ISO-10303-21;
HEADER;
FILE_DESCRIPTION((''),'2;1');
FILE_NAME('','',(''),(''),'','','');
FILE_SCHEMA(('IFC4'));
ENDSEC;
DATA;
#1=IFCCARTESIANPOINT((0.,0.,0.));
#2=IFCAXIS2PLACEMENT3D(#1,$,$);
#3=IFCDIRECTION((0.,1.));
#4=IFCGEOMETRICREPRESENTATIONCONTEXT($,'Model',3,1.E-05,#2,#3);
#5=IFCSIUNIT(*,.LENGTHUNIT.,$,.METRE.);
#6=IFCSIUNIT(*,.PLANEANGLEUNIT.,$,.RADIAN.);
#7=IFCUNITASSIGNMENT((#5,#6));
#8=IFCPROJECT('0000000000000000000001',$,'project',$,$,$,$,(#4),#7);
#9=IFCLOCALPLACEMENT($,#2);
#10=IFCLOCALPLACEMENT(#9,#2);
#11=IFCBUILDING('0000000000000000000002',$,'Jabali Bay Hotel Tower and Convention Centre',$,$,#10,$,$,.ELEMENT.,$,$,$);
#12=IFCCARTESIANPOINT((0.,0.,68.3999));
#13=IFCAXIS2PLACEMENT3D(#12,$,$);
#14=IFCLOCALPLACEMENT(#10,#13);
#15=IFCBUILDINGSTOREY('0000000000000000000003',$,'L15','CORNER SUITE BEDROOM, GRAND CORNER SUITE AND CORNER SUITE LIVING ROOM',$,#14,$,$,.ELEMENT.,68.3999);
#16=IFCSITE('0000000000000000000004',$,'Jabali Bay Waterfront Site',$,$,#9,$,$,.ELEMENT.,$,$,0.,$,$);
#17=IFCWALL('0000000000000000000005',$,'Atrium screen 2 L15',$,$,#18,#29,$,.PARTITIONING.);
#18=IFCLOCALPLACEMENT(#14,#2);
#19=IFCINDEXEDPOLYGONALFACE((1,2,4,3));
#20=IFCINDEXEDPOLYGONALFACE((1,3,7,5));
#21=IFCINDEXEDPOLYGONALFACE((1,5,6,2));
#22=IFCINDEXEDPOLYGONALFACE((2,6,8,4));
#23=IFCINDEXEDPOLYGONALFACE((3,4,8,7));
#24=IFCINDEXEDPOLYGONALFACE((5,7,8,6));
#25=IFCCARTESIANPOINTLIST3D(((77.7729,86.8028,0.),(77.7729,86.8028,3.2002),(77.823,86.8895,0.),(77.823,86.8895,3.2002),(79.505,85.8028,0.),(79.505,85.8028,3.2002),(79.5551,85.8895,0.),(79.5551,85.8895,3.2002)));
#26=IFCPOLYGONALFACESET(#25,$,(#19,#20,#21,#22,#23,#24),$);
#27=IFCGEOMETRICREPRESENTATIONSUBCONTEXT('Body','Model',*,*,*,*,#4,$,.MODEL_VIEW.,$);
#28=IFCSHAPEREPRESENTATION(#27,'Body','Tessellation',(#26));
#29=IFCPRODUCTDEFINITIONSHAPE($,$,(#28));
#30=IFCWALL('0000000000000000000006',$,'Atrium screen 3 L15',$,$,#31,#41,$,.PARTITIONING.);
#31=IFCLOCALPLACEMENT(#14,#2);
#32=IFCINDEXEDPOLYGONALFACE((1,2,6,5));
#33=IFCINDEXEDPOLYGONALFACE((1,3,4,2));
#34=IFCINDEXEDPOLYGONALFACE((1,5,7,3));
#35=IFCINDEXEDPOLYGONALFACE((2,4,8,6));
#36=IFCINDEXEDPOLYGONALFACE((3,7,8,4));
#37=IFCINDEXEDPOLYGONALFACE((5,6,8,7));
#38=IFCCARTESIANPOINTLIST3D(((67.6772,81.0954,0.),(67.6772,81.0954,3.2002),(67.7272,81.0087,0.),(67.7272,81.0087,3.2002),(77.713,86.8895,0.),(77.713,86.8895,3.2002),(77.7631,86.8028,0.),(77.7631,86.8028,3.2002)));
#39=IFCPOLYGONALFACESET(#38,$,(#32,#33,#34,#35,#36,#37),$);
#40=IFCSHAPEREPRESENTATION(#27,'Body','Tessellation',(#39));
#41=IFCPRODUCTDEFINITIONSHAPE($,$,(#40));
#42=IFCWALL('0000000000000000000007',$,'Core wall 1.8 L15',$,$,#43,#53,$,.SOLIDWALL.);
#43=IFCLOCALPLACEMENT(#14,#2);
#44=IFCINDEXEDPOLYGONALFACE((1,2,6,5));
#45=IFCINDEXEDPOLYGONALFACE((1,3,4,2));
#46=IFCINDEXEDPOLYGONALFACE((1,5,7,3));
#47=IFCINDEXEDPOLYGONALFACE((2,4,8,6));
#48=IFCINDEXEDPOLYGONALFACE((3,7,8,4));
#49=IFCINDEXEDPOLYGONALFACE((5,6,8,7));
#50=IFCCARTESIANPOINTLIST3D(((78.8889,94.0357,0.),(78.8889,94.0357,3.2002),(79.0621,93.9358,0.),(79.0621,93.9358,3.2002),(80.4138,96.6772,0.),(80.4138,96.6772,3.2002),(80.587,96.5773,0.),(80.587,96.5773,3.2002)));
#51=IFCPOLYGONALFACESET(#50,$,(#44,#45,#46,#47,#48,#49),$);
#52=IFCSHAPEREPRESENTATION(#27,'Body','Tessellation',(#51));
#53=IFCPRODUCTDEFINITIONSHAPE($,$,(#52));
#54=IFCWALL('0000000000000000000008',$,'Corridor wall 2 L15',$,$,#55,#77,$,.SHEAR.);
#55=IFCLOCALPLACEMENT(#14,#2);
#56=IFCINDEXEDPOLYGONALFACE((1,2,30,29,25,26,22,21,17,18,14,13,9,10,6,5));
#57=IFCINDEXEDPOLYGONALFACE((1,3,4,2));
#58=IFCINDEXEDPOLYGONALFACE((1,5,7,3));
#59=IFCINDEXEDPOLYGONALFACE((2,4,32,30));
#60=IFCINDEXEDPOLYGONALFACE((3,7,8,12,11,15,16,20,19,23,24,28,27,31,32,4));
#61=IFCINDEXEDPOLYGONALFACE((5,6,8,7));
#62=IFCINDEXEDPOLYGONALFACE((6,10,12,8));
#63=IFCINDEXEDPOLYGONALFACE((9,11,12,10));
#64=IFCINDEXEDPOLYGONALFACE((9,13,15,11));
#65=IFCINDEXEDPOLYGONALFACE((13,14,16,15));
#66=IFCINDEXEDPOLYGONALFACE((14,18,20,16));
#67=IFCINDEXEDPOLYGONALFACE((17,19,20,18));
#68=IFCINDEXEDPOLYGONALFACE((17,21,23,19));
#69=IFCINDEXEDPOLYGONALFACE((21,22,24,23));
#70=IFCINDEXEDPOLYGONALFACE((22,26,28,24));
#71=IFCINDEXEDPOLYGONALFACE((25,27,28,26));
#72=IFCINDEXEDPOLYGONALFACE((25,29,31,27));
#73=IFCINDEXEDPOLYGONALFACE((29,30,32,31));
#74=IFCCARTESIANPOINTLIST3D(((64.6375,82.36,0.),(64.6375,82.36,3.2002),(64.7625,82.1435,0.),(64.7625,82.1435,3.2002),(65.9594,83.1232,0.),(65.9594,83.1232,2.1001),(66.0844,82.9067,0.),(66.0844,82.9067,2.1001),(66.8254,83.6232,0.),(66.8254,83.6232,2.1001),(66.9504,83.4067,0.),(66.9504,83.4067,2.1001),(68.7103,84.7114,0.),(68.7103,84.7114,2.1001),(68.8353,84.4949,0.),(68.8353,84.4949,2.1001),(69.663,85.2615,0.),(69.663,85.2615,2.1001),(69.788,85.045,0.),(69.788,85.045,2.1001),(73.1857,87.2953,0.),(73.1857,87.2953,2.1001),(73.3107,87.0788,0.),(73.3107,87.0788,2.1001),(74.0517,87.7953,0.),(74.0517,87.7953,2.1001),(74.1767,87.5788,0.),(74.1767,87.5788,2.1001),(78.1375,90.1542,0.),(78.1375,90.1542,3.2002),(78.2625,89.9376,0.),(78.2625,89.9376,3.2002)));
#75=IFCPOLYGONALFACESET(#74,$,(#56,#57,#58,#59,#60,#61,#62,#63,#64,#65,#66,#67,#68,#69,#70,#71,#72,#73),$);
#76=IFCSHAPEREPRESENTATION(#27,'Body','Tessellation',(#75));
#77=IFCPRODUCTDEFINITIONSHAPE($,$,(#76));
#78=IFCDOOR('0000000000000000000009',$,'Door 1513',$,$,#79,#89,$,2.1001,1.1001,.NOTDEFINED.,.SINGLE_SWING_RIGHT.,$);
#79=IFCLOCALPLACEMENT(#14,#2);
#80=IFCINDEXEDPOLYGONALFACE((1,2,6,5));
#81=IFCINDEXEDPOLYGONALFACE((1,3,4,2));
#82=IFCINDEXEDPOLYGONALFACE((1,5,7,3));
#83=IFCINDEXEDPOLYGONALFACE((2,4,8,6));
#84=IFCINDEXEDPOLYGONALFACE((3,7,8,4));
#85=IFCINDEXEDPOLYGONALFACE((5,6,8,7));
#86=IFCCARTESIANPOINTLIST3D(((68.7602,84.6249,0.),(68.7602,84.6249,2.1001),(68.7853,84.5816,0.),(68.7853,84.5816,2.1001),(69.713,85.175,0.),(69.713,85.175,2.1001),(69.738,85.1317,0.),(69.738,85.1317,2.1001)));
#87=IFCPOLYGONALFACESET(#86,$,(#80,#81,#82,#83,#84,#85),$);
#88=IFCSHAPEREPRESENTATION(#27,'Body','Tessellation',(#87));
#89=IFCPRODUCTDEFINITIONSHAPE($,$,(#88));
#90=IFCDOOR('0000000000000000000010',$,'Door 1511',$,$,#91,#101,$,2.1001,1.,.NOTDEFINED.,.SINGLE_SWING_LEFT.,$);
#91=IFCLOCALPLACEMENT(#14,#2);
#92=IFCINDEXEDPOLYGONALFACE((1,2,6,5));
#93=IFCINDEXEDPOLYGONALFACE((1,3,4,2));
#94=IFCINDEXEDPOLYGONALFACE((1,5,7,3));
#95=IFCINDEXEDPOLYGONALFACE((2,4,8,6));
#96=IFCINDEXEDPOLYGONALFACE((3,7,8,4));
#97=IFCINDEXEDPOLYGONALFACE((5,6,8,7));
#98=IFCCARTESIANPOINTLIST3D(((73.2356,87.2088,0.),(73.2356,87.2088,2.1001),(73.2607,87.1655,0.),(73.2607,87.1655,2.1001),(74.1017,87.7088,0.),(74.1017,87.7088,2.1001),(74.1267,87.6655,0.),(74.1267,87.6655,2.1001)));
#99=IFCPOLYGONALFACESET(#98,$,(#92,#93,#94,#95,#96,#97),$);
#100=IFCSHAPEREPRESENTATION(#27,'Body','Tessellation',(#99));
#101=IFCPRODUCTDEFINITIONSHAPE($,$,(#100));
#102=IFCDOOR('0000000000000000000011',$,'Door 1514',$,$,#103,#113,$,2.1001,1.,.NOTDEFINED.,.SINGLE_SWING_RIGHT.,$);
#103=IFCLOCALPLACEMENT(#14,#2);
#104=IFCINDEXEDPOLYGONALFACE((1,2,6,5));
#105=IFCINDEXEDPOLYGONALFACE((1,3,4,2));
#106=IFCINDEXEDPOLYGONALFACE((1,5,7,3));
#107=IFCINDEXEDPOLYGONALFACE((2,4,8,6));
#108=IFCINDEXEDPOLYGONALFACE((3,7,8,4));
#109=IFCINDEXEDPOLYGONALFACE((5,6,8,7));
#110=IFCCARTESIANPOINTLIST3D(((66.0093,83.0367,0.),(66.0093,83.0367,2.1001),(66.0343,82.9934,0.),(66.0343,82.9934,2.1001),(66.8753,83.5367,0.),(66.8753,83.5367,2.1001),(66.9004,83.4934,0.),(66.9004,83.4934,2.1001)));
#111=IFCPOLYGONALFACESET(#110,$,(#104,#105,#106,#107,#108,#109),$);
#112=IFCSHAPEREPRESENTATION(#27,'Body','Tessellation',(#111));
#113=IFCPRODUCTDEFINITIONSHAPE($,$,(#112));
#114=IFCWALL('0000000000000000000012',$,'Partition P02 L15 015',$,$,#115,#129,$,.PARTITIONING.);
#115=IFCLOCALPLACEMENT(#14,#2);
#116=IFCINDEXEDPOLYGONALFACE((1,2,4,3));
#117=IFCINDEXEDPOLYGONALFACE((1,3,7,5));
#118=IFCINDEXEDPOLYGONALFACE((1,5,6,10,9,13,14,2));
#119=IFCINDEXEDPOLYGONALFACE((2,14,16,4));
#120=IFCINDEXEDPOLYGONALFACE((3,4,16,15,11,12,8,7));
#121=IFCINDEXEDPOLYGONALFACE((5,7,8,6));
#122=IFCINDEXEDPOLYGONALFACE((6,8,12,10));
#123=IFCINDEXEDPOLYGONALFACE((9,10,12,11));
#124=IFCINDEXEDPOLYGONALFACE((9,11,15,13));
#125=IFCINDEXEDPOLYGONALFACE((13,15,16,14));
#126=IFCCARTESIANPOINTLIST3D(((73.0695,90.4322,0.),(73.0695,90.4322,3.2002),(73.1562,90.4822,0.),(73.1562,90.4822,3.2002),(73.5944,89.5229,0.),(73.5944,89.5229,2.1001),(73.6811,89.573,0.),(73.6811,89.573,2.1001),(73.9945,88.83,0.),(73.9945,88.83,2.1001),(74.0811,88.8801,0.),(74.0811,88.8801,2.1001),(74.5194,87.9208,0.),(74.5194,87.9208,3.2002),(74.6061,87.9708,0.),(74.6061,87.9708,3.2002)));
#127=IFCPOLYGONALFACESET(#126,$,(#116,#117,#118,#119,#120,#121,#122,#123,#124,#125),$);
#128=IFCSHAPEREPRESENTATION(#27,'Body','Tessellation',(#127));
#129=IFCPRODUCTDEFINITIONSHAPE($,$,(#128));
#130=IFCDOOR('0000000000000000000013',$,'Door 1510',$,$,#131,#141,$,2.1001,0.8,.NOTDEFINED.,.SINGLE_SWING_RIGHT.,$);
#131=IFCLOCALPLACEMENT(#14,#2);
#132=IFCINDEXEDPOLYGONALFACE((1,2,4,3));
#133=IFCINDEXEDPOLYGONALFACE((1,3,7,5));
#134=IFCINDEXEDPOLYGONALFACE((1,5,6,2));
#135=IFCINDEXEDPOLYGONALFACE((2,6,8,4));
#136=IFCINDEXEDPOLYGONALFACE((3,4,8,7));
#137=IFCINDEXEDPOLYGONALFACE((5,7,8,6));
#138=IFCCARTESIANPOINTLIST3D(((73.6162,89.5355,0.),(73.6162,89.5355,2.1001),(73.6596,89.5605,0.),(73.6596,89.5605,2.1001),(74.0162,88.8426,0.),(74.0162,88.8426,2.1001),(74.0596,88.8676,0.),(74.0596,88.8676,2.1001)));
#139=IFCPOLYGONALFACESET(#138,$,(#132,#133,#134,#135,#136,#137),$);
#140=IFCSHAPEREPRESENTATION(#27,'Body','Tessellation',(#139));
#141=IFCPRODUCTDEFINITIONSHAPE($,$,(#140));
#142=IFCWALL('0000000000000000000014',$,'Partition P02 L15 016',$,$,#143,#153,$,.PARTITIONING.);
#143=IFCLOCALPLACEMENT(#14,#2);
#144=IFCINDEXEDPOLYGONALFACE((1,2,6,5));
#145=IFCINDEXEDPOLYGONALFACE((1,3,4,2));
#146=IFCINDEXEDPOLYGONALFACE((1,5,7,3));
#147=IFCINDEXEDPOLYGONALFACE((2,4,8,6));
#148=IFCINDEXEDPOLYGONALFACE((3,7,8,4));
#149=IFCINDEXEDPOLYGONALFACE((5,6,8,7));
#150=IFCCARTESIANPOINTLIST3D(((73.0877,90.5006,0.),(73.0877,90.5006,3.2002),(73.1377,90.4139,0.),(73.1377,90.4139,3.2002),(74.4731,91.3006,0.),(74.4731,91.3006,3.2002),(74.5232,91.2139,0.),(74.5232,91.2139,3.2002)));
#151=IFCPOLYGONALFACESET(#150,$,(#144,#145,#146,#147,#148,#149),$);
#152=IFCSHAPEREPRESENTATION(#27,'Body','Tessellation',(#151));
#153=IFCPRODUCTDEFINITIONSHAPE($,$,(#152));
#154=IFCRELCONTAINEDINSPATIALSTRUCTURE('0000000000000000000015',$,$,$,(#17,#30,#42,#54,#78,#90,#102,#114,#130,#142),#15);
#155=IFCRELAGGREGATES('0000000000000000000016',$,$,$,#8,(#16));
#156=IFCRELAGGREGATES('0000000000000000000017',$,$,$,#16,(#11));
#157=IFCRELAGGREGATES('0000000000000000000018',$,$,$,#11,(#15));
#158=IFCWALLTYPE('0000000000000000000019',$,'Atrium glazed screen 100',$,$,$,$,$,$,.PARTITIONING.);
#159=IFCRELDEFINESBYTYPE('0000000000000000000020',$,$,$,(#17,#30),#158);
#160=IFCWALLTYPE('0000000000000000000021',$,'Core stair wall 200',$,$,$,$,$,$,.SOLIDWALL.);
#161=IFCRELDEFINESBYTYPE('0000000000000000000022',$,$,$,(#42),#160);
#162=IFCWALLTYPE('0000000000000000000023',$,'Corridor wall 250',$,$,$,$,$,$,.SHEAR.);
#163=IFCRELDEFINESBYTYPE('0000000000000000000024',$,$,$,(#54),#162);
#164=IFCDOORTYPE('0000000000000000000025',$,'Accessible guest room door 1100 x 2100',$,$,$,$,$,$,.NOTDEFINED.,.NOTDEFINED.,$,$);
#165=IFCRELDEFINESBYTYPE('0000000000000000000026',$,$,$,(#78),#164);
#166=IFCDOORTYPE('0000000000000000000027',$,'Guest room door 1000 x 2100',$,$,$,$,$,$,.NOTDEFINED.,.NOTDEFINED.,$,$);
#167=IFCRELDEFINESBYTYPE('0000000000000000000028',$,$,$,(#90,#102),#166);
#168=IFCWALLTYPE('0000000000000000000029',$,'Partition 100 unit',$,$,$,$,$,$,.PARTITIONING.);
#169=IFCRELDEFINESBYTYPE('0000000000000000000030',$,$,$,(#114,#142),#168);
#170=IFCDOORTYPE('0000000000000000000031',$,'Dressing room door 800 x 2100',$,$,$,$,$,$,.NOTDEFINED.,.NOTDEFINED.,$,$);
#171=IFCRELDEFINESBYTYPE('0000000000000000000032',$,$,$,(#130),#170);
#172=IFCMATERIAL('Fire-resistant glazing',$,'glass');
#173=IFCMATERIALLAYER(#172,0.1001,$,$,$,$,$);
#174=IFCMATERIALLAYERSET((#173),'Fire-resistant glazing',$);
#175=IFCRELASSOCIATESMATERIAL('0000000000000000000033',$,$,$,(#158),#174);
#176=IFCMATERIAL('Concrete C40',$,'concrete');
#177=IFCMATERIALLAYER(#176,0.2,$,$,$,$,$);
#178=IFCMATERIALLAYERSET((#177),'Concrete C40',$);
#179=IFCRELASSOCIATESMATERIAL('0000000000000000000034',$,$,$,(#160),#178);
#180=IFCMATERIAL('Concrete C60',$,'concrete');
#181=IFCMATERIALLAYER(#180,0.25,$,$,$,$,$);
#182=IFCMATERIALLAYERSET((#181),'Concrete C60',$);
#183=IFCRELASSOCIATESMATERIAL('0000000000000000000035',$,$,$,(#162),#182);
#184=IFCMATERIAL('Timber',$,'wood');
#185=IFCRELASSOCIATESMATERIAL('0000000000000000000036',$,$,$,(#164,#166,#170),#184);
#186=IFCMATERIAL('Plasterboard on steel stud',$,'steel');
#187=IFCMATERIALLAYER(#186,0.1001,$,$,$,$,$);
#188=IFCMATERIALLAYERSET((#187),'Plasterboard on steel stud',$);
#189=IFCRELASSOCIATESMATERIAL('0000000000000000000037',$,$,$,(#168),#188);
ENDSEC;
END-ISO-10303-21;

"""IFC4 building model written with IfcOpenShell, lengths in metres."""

from ifc_helpers import new_model, si_unit, direction, frame, frame_2d, origin, place, context, subcontext, project, spatial, rectangle, extrude, material, layer, layer_set, type_object, element, fill, save


model = new_model("IFC4")

# Units and contexts
model_context = context("Model", 3, precision=1e-05, world=origin(), true_north=direction((0.0, 1.0)))
body_context = subcontext(model_context, "Body", "Model", "MODEL_VIEW")
ifc_project = project(units=[si_unit("LENGTHUNIT", "METRE"), si_unit("PLANEANGLEUNIT", "RADIAN")], contexts=[model_context])

# Site, building, storey
site_placement = place(None, origin())
site = spatial("IfcSite", under=ifc_project, at=site_placement, Name="Jabali Bay Waterfront Site", CompositionType="ELEMENT", RefElevation=0.0)
building_placement = place(site_placement, origin())
building = spatial("IfcBuilding", under=site, at=building_placement, Name="Jabali Bay Hotel Tower and Convention Centre", CompositionType="ELEMENT")
storey_placement = place(building_placement, frame((0.0, 0.0, 68.3999)))
storey = spatial("IfcBuildingStorey", under=building, at=storey_placement, Name="L15", Description="CORNER SUITE BEDROOM, GRAND CORNER SUITE AND CORNER SUITE LIVING ROOM", CompositionType="ELEMENT", Elevation=68.3999)

# Walls
ifc_material_1 = material(Name="Fire-resistant glazing", Category="glass")
ifc_layer_1 = layer(ifc_material_1, 0.1001)
ifc_layer_set_1 = layer_set([ifc_layer_1], Name="Fire-resistant glazing")
wall_type_1 = type_object("IfcWallType", Name="Atrium glazed screen 100", PredefinedType="PARTITIONING", material=ifc_layer_set_1)
wall_1_placement = place(storey_placement, frame((79.53, 85.8462, 0.0), z_axis=(0.0, 0.0, 1.0), x_axis=(-0.866041, 0.499973, 0.0)))
element("IfcWall", 1, at=wall_1_placement, inside=storey, type_object=wall_type_1, Name="Atrium screen 2 L15", PredefinedType="PARTITIONING", context=body_context, shape_type="SweptSolid", body=[
    extrude(rectangle(XDim=2.0, YDim=0.1001, at=frame_2d((1.0, 0.0))), origin(), (0.0, 0.0, 1.0), 3.2002),
])
wall_2_placement = place(storey_placement, frame((77.738, 86.8462, 0.0), z_axis=(0.0, 0.0, 1.0), x_axis=(-0.866027, -0.499998, 0.0)))
element("IfcWall", 2, at=wall_2_placement, inside=storey, type_object=wall_type_1, Name="Atrium screen 3 L15", PredefinedType="PARTITIONING", context=body_context, shape_type="SweptSolid", body=[
    extrude(rectangle(XDim=11.5884, YDim=0.1001, at=frame_2d((5.7942, 0.0))), origin(), (0.0, 0.0, 1.0), 3.2002),
])
ifc_material_2 = material(Name="Concrete C40", Category="concrete")
ifc_layer_2 = layer(ifc_material_2, 0.2)
ifc_layer_set_2 = layer_set([ifc_layer_2], Name="Concrete C40")
wall_type_2 = type_object("IfcWallType", Name="Core stair wall 200", PredefinedType="SOLIDWALL", material=ifc_layer_set_2)
wall_3_placement = place(storey_placement, frame((78.9756, 93.9858, 0.0), z_axis=(0.0, 0.0, 1.0), x_axis=(0.499944, 0.866058, 0.0)))
element("IfcWall", 3, at=wall_3_placement, inside=storey, type_object=wall_type_2, Name="Core wall 1.8 L15", PredefinedType="SOLIDWALL", context=body_context, shape_type="SweptSolid", body=[
    extrude(rectangle(XDim=3.05, YDim=0.2, at=frame_2d((1.5249, 0.0))), origin(), (0.0, 0.0, 1.0), 3.2002),
])

# Wall, openings, doors
ifc_material_3 = material(Name="Concrete C60", Category="concrete")
ifc_layer_3 = layer(ifc_material_3, 0.25)
ifc_layer_set_3 = layer_set([ifc_layer_3], Name="Concrete C60")
wall_type_3 = type_object("IfcWallType", Name="Corridor wall 250", PredefinedType="SHEAR", material=ifc_layer_set_3)
wall_4_placement = place(storey_placement, frame((78.2, 90.0459, 0.0), z_axis=(0.0, 0.0, 1.0), x_axis=(-0.866026, -0.499998, 0.0)))
wall_4 = element("IfcWall", 4, at=wall_4_placement, inside=storey, type_object=wall_type_3, Name="Corridor wall 2 L15", PredefinedType="SHEAR", context=body_context, shape_type="SweptSolid", body=[
    extrude(rectangle(XDim=15.5884, YDim=0.25, at=frame_2d((7.7942, 0.0))), origin(), (0.0, 0.0, 1.0), 3.2002),
])
opening_1_placement = place(wall_4_placement, frame((4.7178, 0.0, 0.0)))
opening_1 = element("IfcOpeningElement", 5, at=opening_1_placement, cuts=wall_4, PredefinedType="OPENING", context=body_context, shape_type="SweptSolid", body=[
    extrude(rectangle(XDim=1.0, YDim=2.1001, at=frame_2d((0.5, 1.05))), frame((0.0, 0.1355, 0.0), z_axis=(0.0, -1.0, 0.0), x_axis=(1.0, 0.0, 0.0)), (0.0, 0.0, 1.0), 0.271),
])
opening_2_placement = place(wall_4_placement, frame((9.7854, 0.0, 0.0)))
opening_2 = element("IfcOpeningElement", 6, at=opening_2_placement, cuts=wall_4, PredefinedType="OPENING", context=body_context, shape_type="SweptSolid", body=[
    extrude(rectangle(XDim=1.1001, YDim=2.1001, at=frame_2d((0.55, 1.05))), frame((0.0, 0.1355, 0.0), z_axis=(0.0, -1.0, 0.0), x_axis=(1.0, 0.0, 0.0)), (0.0, 0.0, 1.0), 0.271),
])
opening_3_placement = place(wall_4_placement, frame((13.062, 0.0, 0.0)))
opening_3 = element("IfcOpeningElement", 7, at=opening_3_placement, cuts=wall_4, PredefinedType="OPENING", context=body_context, shape_type="SweptSolid", body=[
    extrude(rectangle(XDim=1.0, YDim=2.1001, at=frame_2d((0.5, 1.05))), frame((0.0, 0.1355, 0.0), z_axis=(0.0, -1.0, 0.0), x_axis=(1.0, 0.0, 0.0)), (0.0, 0.0, 1.0), 0.271),
])
ifc_material_4 = material(Name="Timber", Category="wood")
door_type_1 = type_object("IfcDoorType", Name="Accessible guest room door 1100 x 2100", OperationType="NOTDEFINED", PredefinedType="NOTDEFINED", material=ifc_material_4)
door_1_placement = place(opening_2_placement, origin())
door_1 = element("IfcDoor", 8, at=door_1_placement, inside=storey, type_object=door_type_1, Name="Door 1513", OperationType="SINGLE_SWING_RIGHT", OverallHeight=2.1001, OverallWidth=1.1001, PredefinedType="NOTDEFINED", context=body_context, shape_type="SweptSolid", body=[
    extrude(rectangle(XDim=1.1001, YDim=2.1001, at=frame_2d((0.55, 1.05))), frame((0.0, 0.0249, 0.0), z_axis=(0.0, -1.0, 0.0), x_axis=(1.0, 0.0, 0.0)), (0.0, 0.0, 1.0), 0.05),
])
fill(opening_2, door_1)
door_type_2 = type_object("IfcDoorType", Name="Guest room door 1000 x 2100", OperationType="NOTDEFINED", PredefinedType="NOTDEFINED", material=ifc_material_4)
door_2_placement = place(opening_1_placement, origin())
door_2 = element("IfcDoor", 9, at=door_2_placement, inside=storey, type_object=door_type_2, Name="Door 1511", OperationType="SINGLE_SWING_LEFT", OverallHeight=2.1001, OverallWidth=1.0, PredefinedType="NOTDEFINED", context=body_context, shape_type="SweptSolid", body=[
    extrude(rectangle(XDim=1.0, YDim=2.1001, at=frame_2d((0.5, 1.05))), frame((0.0, 0.0249, 0.0), z_axis=(0.0, -1.0, 0.0), x_axis=(1.0, 0.0, 0.0)), (0.0, 0.0, 1.0), 0.05),
])
fill(opening_1, door_2)
door_3_placement = place(opening_3_placement, origin())
door_3 = element("IfcDoor", 10, at=door_3_placement, inside=storey, type_object=door_type_2, Name="Door 1514", OperationType="SINGLE_SWING_RIGHT", OverallHeight=2.1001, OverallWidth=1.0, PredefinedType="NOTDEFINED", context=body_context, shape_type="SweptSolid", body=[
    extrude(rectangle(XDim=1.0, YDim=2.1001, at=frame_2d((0.5, 1.05))), frame((0.0, 0.0249, 0.0), z_axis=(0.0, -1.0, 0.0), x_axis=(1.0, 0.0, 0.0)), (0.0, 0.0, 1.0), 0.05),
])
fill(opening_3, door_3)

# Wall, opening, door
ifc_material_5 = material(Name="Plasterboard on steel stud", Category="steel")
ifc_layer_4 = layer(ifc_material_5, 0.1001)
ifc_layer_set_4 = layer_set([ifc_layer_4], Name="Plasterboard on steel stud")
wall_type_4 = type_object("IfcWallType", Name="Partition 100 unit", PredefinedType="PARTITIONING", material=ifc_layer_set_4)
wall_5_placement = place(storey_placement, frame((74.5627, 87.9458, 0.0), z_axis=(0.0, 0.0, 1.0), x_axis=(-0.499987, 0.866033, 0.0)))
wall_5 = element("IfcWall", 11, at=wall_5_placement, inside=storey, type_object=wall_type_4, Name="Partition P02 L15 015", PredefinedType="PARTITIONING", context=body_context, shape_type="SweptSolid", body=[
    extrude(rectangle(XDim=2.8999, YDim=0.1001, at=frame_2d((1.45, 0.0))), origin(), (0.0, 0.0, 1.0), 3.2002),
])
opening_4_placement = place(wall_5_placement, frame((1.05, 0.0, 0.0)))
opening_4 = element("IfcOpeningElement", 12, at=opening_4_placement, cuts=wall_5, PredefinedType="OPENING", context=body_context, shape_type="SweptSolid", body=[
    extrude(rectangle(XDim=0.8, YDim=2.1001, at=frame_2d((0.3999, 1.05))), frame((0.0, 0.0605, 0.0), z_axis=(0.0, -1.0, 0.0), x_axis=(1.0, 0.0, 0.0)), (0.0, 0.0, 1.0), 0.1211),
])
door_type_3 = type_object("IfcDoorType", Name="Dressing room door 800 x 2100", OperationType="NOTDEFINED", PredefinedType="NOTDEFINED", material=ifc_material_4)
door_4_placement = place(opening_4_placement, origin())
door_4 = element("IfcDoor", 13, at=door_4_placement, inside=storey, type_object=door_type_3, Name="Door 1510", OperationType="SINGLE_SWING_RIGHT", OverallHeight=2.1001, OverallWidth=0.8, PredefinedType="NOTDEFINED", context=body_context, shape_type="SweptSolid", body=[
    extrude(rectangle(XDim=0.8, YDim=2.1001, at=frame_2d((0.3999, 1.05))), frame((0.0, 0.0249, 0.0), z_axis=(0.0, -1.0, 0.0), x_axis=(1.0, 0.0, 0.0)), (0.0, 0.0, 1.0), 0.05),
])
fill(opening_4, door_4)

# Wall
wall_6_placement = place(storey_placement, frame((73.1128, 90.4573, 0.0), z_axis=(0.0, 0.0, 1.0), x_axis=(0.86599, 0.500061, 0.0)))
element("IfcWall", 14, at=wall_6_placement, inside=storey, type_object=wall_type_4, Name="Partition P02 L15 016", PredefinedType="PARTITIONING", context=body_context, shape_type="SweptSolid", body=[
    extrude(rectangle(XDim=1.5999, YDim=0.1001, at=frame_2d((0.7998, 0.0))), origin(), (0.0, 0.0, 1.0), 3.2002),
])

save(model, "model.ifc")
